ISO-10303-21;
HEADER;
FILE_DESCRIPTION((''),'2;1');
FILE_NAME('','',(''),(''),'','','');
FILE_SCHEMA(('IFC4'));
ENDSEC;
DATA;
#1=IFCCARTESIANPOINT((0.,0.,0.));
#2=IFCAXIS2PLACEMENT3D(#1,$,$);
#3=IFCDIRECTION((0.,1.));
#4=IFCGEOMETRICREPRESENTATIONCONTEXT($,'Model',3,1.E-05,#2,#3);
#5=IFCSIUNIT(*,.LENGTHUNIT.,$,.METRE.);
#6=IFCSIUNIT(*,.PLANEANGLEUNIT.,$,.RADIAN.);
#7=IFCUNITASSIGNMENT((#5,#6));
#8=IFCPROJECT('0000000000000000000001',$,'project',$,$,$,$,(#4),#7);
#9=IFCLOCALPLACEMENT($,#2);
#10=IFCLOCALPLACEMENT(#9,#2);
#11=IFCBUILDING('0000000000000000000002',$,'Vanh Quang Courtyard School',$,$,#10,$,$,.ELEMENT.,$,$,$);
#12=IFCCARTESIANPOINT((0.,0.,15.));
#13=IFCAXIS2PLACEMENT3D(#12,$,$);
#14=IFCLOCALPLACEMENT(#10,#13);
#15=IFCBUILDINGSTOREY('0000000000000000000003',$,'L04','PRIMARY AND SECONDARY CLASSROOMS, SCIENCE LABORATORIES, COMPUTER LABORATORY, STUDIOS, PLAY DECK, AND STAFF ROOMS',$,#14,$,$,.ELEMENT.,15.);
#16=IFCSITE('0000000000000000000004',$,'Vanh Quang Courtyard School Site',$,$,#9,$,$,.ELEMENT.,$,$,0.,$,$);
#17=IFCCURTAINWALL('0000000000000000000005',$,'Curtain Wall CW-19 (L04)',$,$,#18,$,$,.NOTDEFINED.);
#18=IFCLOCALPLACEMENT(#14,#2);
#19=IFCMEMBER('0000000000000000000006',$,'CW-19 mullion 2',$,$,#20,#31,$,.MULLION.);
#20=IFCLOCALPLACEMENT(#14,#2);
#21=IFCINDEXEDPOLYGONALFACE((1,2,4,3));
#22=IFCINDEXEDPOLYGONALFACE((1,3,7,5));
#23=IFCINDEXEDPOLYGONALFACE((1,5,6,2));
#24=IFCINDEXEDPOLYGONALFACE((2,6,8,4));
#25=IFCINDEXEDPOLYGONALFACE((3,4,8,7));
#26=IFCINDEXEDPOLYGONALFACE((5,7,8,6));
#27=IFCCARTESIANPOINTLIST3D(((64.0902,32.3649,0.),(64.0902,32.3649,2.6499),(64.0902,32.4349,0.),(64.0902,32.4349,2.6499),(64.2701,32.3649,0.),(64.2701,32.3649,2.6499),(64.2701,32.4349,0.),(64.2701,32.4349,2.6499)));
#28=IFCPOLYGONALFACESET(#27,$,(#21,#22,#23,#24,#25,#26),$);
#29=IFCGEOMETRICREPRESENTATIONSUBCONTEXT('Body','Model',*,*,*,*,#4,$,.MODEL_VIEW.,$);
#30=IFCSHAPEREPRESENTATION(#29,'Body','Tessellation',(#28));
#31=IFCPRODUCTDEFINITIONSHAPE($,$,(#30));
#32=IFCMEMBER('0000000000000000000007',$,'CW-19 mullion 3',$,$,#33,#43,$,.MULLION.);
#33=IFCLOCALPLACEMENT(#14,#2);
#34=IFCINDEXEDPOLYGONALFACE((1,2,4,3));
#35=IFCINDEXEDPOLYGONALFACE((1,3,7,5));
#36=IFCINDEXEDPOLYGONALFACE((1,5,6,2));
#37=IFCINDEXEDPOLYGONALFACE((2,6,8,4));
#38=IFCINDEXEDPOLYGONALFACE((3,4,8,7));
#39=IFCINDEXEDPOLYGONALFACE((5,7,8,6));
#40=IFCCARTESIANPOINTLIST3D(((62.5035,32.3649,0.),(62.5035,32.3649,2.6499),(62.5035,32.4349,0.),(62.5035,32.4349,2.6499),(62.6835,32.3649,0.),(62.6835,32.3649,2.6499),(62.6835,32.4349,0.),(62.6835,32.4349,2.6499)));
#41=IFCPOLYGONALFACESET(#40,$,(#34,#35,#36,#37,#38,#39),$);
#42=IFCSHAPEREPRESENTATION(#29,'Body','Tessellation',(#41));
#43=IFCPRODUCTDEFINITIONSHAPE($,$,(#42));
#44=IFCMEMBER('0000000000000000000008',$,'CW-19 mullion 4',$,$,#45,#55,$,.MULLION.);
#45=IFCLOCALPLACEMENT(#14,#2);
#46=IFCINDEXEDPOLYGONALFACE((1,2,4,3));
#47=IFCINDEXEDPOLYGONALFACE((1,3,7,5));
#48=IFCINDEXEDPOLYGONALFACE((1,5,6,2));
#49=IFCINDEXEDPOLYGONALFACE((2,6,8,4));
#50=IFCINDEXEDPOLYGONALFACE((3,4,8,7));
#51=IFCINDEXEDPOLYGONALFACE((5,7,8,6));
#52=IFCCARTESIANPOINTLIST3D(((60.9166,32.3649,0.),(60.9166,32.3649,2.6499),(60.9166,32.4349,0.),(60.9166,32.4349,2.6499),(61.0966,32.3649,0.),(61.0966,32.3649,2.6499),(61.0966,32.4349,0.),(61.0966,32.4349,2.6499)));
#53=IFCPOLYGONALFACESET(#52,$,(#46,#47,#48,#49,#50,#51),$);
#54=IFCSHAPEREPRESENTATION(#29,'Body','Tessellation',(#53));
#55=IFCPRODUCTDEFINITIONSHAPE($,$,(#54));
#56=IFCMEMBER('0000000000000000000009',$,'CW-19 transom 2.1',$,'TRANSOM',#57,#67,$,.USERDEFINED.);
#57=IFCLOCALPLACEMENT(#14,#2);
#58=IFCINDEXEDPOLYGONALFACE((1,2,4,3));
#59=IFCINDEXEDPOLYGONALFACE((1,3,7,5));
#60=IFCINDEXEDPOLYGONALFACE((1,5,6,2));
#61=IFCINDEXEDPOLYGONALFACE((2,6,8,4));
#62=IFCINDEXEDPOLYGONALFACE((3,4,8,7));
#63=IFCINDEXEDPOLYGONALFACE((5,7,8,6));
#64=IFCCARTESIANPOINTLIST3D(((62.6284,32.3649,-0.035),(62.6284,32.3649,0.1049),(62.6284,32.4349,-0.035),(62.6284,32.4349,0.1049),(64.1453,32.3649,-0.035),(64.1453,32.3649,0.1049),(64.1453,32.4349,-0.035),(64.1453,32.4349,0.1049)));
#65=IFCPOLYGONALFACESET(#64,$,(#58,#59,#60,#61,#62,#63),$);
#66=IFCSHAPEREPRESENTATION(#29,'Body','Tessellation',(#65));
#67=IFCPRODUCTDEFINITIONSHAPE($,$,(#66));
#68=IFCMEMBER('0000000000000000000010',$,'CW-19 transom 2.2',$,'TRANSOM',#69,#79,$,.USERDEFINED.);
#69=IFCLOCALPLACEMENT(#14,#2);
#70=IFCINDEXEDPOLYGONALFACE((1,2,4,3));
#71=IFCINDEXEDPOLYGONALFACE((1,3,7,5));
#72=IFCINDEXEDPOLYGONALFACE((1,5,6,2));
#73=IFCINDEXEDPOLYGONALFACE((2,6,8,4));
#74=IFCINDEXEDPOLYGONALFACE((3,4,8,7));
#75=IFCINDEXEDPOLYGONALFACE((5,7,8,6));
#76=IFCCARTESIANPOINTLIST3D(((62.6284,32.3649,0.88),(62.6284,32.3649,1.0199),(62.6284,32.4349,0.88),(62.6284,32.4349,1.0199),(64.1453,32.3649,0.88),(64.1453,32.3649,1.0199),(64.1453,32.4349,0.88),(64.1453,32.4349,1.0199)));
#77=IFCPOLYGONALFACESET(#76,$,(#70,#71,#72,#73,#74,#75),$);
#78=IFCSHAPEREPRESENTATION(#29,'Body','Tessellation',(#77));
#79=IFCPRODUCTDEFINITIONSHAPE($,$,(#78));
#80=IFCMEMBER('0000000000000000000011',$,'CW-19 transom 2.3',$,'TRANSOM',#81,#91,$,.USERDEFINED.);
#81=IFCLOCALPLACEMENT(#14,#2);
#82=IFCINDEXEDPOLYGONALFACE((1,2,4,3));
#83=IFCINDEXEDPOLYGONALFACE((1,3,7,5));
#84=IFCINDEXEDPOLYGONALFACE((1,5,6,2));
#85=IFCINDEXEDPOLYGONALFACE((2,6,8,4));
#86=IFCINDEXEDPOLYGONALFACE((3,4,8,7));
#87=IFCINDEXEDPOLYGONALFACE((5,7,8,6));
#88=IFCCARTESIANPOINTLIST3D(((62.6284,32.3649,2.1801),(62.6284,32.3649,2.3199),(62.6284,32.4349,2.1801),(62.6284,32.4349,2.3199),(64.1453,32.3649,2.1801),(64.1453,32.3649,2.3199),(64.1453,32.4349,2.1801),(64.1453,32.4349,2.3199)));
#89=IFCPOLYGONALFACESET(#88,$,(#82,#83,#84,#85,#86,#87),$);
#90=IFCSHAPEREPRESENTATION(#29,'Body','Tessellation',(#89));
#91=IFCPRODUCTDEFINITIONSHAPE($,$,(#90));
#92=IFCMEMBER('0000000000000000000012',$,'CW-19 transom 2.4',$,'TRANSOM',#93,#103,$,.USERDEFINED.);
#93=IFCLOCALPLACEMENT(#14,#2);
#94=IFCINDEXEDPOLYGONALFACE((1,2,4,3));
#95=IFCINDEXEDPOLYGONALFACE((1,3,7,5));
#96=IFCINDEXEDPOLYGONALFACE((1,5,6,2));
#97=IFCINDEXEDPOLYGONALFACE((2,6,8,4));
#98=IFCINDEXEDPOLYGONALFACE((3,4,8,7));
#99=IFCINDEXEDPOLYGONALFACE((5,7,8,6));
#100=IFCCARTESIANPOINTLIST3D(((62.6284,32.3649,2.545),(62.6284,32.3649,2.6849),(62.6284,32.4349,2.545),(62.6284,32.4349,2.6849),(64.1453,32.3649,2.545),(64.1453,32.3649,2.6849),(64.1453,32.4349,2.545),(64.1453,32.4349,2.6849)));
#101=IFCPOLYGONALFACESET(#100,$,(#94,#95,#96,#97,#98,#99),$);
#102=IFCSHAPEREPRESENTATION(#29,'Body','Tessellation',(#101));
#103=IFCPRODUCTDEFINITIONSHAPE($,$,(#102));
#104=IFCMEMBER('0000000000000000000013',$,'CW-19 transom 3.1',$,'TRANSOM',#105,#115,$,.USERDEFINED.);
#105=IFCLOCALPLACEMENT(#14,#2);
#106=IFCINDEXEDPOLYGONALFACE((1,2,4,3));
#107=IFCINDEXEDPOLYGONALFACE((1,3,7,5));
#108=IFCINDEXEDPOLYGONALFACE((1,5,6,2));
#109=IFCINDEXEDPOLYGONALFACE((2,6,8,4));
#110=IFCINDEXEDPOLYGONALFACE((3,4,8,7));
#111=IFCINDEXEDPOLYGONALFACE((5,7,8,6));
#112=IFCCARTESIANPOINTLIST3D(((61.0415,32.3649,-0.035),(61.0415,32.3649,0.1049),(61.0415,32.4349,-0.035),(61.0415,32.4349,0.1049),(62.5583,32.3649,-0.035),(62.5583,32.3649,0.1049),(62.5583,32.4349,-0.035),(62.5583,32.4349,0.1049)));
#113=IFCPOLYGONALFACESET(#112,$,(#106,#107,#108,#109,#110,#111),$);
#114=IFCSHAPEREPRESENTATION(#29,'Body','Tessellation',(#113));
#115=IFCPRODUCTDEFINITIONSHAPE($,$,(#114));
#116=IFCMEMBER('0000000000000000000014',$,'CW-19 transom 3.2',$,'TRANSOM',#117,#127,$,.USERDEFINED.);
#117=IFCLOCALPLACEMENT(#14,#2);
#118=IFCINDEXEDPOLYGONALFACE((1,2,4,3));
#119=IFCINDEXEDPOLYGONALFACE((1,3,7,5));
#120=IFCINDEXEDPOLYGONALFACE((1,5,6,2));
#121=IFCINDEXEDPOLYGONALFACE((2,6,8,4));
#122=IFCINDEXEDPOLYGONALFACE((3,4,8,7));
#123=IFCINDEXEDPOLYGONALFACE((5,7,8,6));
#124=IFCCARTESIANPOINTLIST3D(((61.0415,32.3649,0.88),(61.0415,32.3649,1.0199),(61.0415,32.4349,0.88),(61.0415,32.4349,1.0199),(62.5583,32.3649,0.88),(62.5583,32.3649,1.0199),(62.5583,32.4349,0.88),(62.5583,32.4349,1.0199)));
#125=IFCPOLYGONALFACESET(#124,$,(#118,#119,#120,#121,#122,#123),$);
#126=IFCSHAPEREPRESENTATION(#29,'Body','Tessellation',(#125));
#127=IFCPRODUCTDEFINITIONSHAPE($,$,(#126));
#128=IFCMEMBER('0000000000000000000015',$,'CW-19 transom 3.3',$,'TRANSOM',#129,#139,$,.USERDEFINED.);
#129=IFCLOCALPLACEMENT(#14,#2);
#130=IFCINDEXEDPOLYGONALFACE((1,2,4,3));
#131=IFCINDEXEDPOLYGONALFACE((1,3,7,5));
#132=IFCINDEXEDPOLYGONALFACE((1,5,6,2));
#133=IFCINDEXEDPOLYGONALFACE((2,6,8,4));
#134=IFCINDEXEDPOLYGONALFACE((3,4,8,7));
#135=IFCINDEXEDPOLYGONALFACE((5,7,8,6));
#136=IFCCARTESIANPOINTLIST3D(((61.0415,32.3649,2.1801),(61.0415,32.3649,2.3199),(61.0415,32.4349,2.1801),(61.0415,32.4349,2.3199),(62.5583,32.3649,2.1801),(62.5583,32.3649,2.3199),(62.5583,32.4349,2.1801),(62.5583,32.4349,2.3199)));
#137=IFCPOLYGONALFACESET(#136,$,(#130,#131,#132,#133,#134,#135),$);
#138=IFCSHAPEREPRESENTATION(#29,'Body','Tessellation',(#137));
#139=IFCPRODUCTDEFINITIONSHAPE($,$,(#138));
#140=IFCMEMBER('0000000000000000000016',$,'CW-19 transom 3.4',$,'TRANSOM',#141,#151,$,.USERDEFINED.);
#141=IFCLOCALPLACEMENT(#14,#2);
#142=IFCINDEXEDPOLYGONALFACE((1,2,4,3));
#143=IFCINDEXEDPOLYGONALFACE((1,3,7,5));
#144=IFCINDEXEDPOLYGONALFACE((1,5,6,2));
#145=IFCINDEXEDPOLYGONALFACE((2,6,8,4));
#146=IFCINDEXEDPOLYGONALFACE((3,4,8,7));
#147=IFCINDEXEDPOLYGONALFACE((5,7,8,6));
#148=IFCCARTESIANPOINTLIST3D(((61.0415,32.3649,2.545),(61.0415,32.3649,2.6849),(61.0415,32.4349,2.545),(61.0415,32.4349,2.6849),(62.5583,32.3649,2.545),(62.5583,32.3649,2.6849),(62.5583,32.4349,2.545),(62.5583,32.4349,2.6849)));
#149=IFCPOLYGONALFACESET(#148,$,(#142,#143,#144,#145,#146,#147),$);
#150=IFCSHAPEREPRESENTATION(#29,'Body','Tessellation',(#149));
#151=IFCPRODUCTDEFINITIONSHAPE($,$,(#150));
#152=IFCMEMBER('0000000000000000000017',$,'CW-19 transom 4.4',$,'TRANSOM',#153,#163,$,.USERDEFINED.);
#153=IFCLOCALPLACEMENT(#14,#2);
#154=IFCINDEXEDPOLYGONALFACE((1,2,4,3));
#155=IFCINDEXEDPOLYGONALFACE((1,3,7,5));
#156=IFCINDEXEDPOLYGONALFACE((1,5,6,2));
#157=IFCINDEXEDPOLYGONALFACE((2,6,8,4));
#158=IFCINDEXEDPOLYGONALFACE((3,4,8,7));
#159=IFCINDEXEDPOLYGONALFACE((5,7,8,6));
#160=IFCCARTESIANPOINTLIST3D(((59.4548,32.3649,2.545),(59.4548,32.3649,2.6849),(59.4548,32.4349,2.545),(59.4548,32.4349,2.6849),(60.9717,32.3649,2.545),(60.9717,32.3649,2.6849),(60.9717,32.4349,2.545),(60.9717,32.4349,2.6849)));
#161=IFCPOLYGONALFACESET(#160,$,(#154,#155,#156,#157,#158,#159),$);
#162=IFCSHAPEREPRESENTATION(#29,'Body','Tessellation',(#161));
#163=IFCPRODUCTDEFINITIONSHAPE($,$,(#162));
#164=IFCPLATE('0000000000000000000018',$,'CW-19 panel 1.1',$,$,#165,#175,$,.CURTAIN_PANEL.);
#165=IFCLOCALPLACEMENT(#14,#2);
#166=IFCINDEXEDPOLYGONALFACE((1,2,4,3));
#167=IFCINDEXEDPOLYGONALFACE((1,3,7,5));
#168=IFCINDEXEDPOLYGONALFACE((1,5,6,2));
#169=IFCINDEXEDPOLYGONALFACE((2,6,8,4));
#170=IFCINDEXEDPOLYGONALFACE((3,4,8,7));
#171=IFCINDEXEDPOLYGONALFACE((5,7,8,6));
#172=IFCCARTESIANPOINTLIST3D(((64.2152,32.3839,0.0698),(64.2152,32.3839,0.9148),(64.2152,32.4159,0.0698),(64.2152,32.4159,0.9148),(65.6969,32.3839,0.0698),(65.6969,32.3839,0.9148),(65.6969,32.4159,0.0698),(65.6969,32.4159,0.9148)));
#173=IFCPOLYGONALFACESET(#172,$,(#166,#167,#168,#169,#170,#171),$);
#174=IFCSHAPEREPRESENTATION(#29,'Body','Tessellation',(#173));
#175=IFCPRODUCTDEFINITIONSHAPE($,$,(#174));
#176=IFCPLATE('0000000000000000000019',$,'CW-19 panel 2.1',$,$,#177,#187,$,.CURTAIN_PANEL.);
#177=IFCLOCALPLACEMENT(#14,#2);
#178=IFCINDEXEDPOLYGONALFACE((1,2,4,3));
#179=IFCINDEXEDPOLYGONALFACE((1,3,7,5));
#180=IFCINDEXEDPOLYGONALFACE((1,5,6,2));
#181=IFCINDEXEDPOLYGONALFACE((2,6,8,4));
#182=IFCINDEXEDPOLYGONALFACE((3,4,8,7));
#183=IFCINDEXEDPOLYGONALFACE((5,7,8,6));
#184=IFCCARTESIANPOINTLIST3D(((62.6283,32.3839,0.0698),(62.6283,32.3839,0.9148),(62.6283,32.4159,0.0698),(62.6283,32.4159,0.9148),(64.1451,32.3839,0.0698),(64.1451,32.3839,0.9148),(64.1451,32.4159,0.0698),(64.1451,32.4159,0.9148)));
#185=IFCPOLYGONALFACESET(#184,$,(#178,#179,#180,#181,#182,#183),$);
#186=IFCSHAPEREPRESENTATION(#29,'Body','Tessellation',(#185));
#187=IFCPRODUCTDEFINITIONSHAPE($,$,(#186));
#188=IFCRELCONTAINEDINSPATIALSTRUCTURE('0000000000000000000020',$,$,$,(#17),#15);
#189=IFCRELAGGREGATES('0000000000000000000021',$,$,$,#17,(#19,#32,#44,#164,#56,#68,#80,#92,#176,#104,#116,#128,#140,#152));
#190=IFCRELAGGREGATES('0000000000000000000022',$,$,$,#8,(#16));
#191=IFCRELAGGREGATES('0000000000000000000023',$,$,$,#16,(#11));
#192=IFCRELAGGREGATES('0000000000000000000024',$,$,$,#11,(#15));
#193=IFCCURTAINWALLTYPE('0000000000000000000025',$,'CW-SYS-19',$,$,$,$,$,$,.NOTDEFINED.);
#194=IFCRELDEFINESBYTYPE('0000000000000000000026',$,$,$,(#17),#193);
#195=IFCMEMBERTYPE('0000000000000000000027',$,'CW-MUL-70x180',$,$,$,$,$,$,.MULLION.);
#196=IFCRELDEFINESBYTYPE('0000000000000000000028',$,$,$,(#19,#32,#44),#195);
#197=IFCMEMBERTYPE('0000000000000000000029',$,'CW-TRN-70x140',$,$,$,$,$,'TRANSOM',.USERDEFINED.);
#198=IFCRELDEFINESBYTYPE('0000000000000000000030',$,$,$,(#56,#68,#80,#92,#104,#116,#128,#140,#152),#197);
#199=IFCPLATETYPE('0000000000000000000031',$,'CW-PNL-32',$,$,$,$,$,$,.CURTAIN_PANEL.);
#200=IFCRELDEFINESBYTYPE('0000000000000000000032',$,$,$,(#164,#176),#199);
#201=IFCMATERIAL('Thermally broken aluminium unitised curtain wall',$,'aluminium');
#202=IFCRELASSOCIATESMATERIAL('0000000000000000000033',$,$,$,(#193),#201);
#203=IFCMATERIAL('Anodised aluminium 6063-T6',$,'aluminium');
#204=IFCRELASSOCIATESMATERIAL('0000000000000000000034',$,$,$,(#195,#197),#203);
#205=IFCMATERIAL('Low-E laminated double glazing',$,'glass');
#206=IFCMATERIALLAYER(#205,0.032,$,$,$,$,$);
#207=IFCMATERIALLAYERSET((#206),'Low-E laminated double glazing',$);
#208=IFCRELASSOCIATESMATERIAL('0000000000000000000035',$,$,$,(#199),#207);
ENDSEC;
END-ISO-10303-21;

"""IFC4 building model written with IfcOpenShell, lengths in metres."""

from ifc_helpers import new_model, si_unit, direction, frame, origin, origin_2d, place, context, subcontext, project, spatial, rectangle, extrude, material, layer, layer_set, material_profile, profile_set, type_object, element, aggregate, save


model = new_model("IFC4")

# Units and contexts
model_context = context("Model", 3, precision=1e-05, world=origin(), true_north=direction((0.0, 1.0)))
body_context = subcontext(model_context, "Body", "Model", "MODEL_VIEW")
ifc_project = project(units=[si_unit("LENGTHUNIT", "METRE"), si_unit("PLANEANGLEUNIT", "RADIAN")], contexts=[model_context])

# Site, building, storey
site_placement = place(None, origin())
site = spatial("IfcSite", under=ifc_project, at=site_placement, Name="Vanh Quang Courtyard School Site", CompositionType="ELEMENT", RefElevation=0.0)
building_placement = place(site_placement, origin())
building = spatial("IfcBuilding", under=site, at=building_placement, Name="Vanh Quang Courtyard School", CompositionType="ELEMENT")
storey_placement = place(building_placement, frame((0.0, 0.0, 15.0)))
storey = spatial("IfcBuildingStorey", under=building, at=storey_placement, Name="L04", Description="PRIMARY AND SECONDARY CLASSROOMS, SCIENCE LABORATORIES, COMPUTER LABORATORY, STUDIOS, PLAY DECK, AND STAFF ROOMS", CompositionType="ELEMENT", Elevation=15.0)

# Curtain wall, members, plates
ifc_material_1 = material(Name="Thermally broken aluminium unitised curtain wall", Category="aluminium")
curtain_wall_type = type_object("IfcCurtainWallType", Name="CW-SYS-19", PredefinedType="NOTDEFINED", material=ifc_material_1)
curtain_wall_placement = place(storey_placement, origin())
curtain_wall = element("IfcCurtainWall", 1, at=curtain_wall_placement, inside=storey, type_object=curtain_wall_type, Name="Curtain Wall CW-19 (L04)", PredefinedType="NOTDEFINED")
ifc_material_2 = material(Name="Anodised aluminium 6063-T6", Category="aluminium")
ifc_material_profile_1 = material_profile(ifc_material_2, rectangle(XDim=0.0701, YDim=0.1799, at=origin_2d()), Name="ALU-MUL 70x180")
ifc_profile_set_1 = profile_set([ifc_material_profile_1], Name="Anodised aluminium 6063-T6")
member_type_1 = type_object("IfcMemberType", Name="CW-MUL-70x180", PredefinedType="MULLION", material=ifc_profile_set_1)
member_1_placement = place(storey_placement, frame((64.1802, 32.3999, 0.0), z_axis=(0.0, 0.0, 1.0), x_axis=(0.0, -1.0, 0.0)))
member_1 = element("IfcMember", 2, at=member_1_placement, type_object=member_type_1, Name="CW-19 mullion 2", PredefinedType="MULLION", context=body_context, shape_type="SweptSolid", body=[
    extrude(rectangle(XDim=0.0701, YDim=0.1799, at=origin_2d()), origin(), (0.0, 0.0, 1.0), 2.6499),
])
member_2_placement = place(storey_placement, frame((62.5935, 32.3999, 0.0), z_axis=(0.0, 0.0, 1.0), x_axis=(0.0, -1.0, 0.0)))
member_2 = element("IfcMember", 3, at=member_2_placement, type_object=member_type_1, Name="CW-19 mullion 3", PredefinedType="MULLION", context=body_context, shape_type="SweptSolid", body=[
    extrude(rectangle(XDim=0.0701, YDim=0.1799, at=origin_2d()), origin(), (0.0, 0.0, 1.0), 2.6499),
])
member_3_placement = place(storey_placement, frame((61.0066, 32.3999, 0.0), z_axis=(0.0, 0.0, 1.0), x_axis=(0.0, -1.0, 0.0)))
member_3 = element("IfcMember", 4, at=member_3_placement, type_object=member_type_1, Name="CW-19 mullion 4", PredefinedType="MULLION", context=body_context, shape_type="SweptSolid", body=[
    extrude(rectangle(XDim=0.0701, YDim=0.1799, at=origin_2d()), origin(), (0.0, 0.0, 1.0), 2.6499),
])
ifc_material_profile_2 = material_profile(ifc_material_2, rectangle(XDim=0.0701, YDim=0.1399, at=origin_2d()), Name="ALU-TRN 70x140")
ifc_profile_set_2 = profile_set([ifc_material_profile_2], Name="Anodised aluminium 6063-T6")
member_type_2 = type_object("IfcMemberType", Name="CW-TRN-70x140", ElementType="TRANSOM", PredefinedType="USERDEFINED", material=ifc_profile_set_2)
member_4_placement = place(storey_placement, frame((64.1453, 32.3999, 0.0349), z_axis=(-1.0, 0.0, 0.0), x_axis=(0.0, -1.0, 0.0)))
member_4 = element("IfcMember", 5, at=member_4_placement, type_object=member_type_2, Name="CW-19 transom 2.1", ObjectType="TRANSOM", PredefinedType="USERDEFINED", context=body_context, shape_type="SweptSolid", body=[
    extrude(rectangle(XDim=0.0701, YDim=0.1399, at=origin_2d()), origin(), (0.0, 0.0, 1.0), 1.5168),
])
member_5_placement = place(storey_placement, frame((64.1453, 32.3999, 0.95), z_axis=(-1.0, 0.0, 0.0), x_axis=(0.0, -1.0, 0.0)))
member_5 = element("IfcMember", 6, at=member_5_placement, type_object=member_type_2, Name="CW-19 transom 2.2", ObjectType="TRANSOM", PredefinedType="USERDEFINED", context=body_context, shape_type="SweptSolid", body=[
    extrude(rectangle(XDim=0.0701, YDim=0.1399, at=origin_2d()), origin(), (0.0, 0.0, 1.0), 1.5168),
])
member_6_placement = place(storey_placement, frame((64.1453, 32.3999, 2.25), z_axis=(-1.0, 0.0, 0.0), x_axis=(0.0, -1.0, 0.0)))
member_6 = element("IfcMember", 7, at=member_6_placement, type_object=member_type_2, Name="CW-19 transom 2.3", ObjectType="TRANSOM", PredefinedType="USERDEFINED", context=body_context, shape_type="SweptSolid", body=[
    extrude(rectangle(XDim=0.0701, YDim=0.1399, at=origin_2d()), origin(), (0.0, 0.0, 1.0), 1.5168),
])
member_7_placement = place(storey_placement, frame((64.1453, 32.3999, 2.615), z_axis=(-1.0, 0.0, 0.0), x_axis=(0.0, -1.0, 0.0)))
member_7 = element("IfcMember", 8, at=member_7_placement, type_object=member_type_2, Name="CW-19 transom 2.4", ObjectType="TRANSOM", PredefinedType="USERDEFINED", context=body_context, shape_type="SweptSolid", body=[
    extrude(rectangle(XDim=0.0701, YDim=0.1399, at=origin_2d()), origin(), (0.0, 0.0, 1.0), 1.5168),
])
member_8_placement = place(storey_placement, frame((62.5583, 32.3999, 0.0349), z_axis=(-1.0, 0.0, 0.0), x_axis=(0.0, -1.0, 0.0)))
member_8 = element("IfcMember", 9, at=member_8_placement, type_object=member_type_2, Name="CW-19 transom 3.1", ObjectType="TRANSOM", PredefinedType="USERDEFINED", context=body_context, shape_type="SweptSolid", body=[
    extrude(rectangle(XDim=0.0701, YDim=0.1399, at=origin_2d()), origin(), (0.0, 0.0, 1.0), 1.5168),
])
member_9_placement = place(storey_placement, frame((62.5583, 32.3999, 0.95), z_axis=(-1.0, 0.0, 0.0), x_axis=(0.0, -1.0, 0.0)))
member_9 = element("IfcMember", 10, at=member_9_placement, type_object=member_type_2, Name="CW-19 transom 3.2", ObjectType="TRANSOM", PredefinedType="USERDEFINED", context=body_context, shape_type="SweptSolid", body=[
    extrude(rectangle(XDim=0.0701, YDim=0.1399, at=origin_2d()), origin(), (0.0, 0.0, 1.0), 1.5168),
])
member_10_placement = place(storey_placement, frame((62.5583, 32.3999, 2.25), z_axis=(-1.0, 0.0, 0.0), x_axis=(0.0, -1.0, 0.0)))
member_10 = element("IfcMember", 11, at=member_10_placement, type_object=member_type_2, Name="CW-19 transom 3.3", ObjectType="TRANSOM", PredefinedType="USERDEFINED", context=body_context, shape_type="SweptSolid", body=[
    extrude(rectangle(XDim=0.0701, YDim=0.1399, at=origin_2d()), origin(), (0.0, 0.0, 1.0), 1.5168),
])
member_11_placement = place(storey_placement, frame((62.5583, 32.3999, 2.615), z_axis=(-1.0, 0.0, 0.0), x_axis=(0.0, -1.0, 0.0)))
member_11 = element("IfcMember", 12, at=member_11_placement, type_object=member_type_2, Name="CW-19 transom 3.4", ObjectType="TRANSOM", PredefinedType="USERDEFINED", context=body_context, shape_type="SweptSolid", body=[
    extrude(rectangle(XDim=0.0701, YDim=0.1399, at=origin_2d()), origin(), (0.0, 0.0, 1.0), 1.5168),
])
member_12_placement = place(storey_placement, frame((60.9717, 32.3999, 2.615), z_axis=(-1.0, 0.0, 0.0), x_axis=(0.0, -1.0, 0.0)))
member_12 = element("IfcMember", 13, at=member_12_placement, type_object=member_type_2, Name="CW-19 transom 4.4", ObjectType="TRANSOM", PredefinedType="USERDEFINED", context=body_context, shape_type="SweptSolid", body=[
    extrude(rectangle(XDim=0.0701, YDim=0.1399, at=origin_2d()), origin(), (0.0, 0.0, 1.0), 1.5168),
])
ifc_material_3 = material(Name="Low-E laminated double glazing", Category="glass")
ifc_layer_1 = layer(ifc_material_3, 0.032)
ifc_layer_set_1 = layer_set([ifc_layer_1], Name="Low-E laminated double glazing")
plate_type = type_object("IfcPlateType", Name="CW-PNL-32", PredefinedType="CURTAIN_PANEL", material=ifc_layer_set_1)
plate_1_placement = place(storey_placement, frame((64.9561, 32.3999, 0.0698), z_axis=(0.0, 0.0, 1.0), x_axis=(-1.0, 0.0, 0.0)))
plate_1 = element("IfcPlate", 14, at=plate_1_placement, type_object=plate_type, Name="CW-19 panel 1.1", PredefinedType="CURTAIN_PANEL", context=body_context, shape_type="SweptSolid", body=[
    extrude(rectangle(XDim=1.4817, YDim=0.032, at=origin_2d()), origin(), (0.0, 0.0, 1.0), 0.845),
])
plate_2_placement = place(storey_placement, frame((63.3867, 32.3999, 0.0698), z_axis=(0.0, 0.0, 1.0), x_axis=(-1.0, 0.0, 0.0)))
plate_2 = element("IfcPlate", 15, at=plate_2_placement, type_object=plate_type, Name="CW-19 panel 2.1", PredefinedType="CURTAIN_PANEL", context=body_context, shape_type="SweptSolid", body=[
    extrude(rectangle(XDim=1.5168, YDim=0.032, at=origin_2d()), origin(), (0.0, 0.0, 1.0), 0.845),
])
aggregate(curtain_wall, [member_1, member_2, member_3, plate_1, member_4, member_5, member_6, member_7, plate_2, member_8, member_9, member_10, member_11, member_12])

save(model, "model.ifc")
